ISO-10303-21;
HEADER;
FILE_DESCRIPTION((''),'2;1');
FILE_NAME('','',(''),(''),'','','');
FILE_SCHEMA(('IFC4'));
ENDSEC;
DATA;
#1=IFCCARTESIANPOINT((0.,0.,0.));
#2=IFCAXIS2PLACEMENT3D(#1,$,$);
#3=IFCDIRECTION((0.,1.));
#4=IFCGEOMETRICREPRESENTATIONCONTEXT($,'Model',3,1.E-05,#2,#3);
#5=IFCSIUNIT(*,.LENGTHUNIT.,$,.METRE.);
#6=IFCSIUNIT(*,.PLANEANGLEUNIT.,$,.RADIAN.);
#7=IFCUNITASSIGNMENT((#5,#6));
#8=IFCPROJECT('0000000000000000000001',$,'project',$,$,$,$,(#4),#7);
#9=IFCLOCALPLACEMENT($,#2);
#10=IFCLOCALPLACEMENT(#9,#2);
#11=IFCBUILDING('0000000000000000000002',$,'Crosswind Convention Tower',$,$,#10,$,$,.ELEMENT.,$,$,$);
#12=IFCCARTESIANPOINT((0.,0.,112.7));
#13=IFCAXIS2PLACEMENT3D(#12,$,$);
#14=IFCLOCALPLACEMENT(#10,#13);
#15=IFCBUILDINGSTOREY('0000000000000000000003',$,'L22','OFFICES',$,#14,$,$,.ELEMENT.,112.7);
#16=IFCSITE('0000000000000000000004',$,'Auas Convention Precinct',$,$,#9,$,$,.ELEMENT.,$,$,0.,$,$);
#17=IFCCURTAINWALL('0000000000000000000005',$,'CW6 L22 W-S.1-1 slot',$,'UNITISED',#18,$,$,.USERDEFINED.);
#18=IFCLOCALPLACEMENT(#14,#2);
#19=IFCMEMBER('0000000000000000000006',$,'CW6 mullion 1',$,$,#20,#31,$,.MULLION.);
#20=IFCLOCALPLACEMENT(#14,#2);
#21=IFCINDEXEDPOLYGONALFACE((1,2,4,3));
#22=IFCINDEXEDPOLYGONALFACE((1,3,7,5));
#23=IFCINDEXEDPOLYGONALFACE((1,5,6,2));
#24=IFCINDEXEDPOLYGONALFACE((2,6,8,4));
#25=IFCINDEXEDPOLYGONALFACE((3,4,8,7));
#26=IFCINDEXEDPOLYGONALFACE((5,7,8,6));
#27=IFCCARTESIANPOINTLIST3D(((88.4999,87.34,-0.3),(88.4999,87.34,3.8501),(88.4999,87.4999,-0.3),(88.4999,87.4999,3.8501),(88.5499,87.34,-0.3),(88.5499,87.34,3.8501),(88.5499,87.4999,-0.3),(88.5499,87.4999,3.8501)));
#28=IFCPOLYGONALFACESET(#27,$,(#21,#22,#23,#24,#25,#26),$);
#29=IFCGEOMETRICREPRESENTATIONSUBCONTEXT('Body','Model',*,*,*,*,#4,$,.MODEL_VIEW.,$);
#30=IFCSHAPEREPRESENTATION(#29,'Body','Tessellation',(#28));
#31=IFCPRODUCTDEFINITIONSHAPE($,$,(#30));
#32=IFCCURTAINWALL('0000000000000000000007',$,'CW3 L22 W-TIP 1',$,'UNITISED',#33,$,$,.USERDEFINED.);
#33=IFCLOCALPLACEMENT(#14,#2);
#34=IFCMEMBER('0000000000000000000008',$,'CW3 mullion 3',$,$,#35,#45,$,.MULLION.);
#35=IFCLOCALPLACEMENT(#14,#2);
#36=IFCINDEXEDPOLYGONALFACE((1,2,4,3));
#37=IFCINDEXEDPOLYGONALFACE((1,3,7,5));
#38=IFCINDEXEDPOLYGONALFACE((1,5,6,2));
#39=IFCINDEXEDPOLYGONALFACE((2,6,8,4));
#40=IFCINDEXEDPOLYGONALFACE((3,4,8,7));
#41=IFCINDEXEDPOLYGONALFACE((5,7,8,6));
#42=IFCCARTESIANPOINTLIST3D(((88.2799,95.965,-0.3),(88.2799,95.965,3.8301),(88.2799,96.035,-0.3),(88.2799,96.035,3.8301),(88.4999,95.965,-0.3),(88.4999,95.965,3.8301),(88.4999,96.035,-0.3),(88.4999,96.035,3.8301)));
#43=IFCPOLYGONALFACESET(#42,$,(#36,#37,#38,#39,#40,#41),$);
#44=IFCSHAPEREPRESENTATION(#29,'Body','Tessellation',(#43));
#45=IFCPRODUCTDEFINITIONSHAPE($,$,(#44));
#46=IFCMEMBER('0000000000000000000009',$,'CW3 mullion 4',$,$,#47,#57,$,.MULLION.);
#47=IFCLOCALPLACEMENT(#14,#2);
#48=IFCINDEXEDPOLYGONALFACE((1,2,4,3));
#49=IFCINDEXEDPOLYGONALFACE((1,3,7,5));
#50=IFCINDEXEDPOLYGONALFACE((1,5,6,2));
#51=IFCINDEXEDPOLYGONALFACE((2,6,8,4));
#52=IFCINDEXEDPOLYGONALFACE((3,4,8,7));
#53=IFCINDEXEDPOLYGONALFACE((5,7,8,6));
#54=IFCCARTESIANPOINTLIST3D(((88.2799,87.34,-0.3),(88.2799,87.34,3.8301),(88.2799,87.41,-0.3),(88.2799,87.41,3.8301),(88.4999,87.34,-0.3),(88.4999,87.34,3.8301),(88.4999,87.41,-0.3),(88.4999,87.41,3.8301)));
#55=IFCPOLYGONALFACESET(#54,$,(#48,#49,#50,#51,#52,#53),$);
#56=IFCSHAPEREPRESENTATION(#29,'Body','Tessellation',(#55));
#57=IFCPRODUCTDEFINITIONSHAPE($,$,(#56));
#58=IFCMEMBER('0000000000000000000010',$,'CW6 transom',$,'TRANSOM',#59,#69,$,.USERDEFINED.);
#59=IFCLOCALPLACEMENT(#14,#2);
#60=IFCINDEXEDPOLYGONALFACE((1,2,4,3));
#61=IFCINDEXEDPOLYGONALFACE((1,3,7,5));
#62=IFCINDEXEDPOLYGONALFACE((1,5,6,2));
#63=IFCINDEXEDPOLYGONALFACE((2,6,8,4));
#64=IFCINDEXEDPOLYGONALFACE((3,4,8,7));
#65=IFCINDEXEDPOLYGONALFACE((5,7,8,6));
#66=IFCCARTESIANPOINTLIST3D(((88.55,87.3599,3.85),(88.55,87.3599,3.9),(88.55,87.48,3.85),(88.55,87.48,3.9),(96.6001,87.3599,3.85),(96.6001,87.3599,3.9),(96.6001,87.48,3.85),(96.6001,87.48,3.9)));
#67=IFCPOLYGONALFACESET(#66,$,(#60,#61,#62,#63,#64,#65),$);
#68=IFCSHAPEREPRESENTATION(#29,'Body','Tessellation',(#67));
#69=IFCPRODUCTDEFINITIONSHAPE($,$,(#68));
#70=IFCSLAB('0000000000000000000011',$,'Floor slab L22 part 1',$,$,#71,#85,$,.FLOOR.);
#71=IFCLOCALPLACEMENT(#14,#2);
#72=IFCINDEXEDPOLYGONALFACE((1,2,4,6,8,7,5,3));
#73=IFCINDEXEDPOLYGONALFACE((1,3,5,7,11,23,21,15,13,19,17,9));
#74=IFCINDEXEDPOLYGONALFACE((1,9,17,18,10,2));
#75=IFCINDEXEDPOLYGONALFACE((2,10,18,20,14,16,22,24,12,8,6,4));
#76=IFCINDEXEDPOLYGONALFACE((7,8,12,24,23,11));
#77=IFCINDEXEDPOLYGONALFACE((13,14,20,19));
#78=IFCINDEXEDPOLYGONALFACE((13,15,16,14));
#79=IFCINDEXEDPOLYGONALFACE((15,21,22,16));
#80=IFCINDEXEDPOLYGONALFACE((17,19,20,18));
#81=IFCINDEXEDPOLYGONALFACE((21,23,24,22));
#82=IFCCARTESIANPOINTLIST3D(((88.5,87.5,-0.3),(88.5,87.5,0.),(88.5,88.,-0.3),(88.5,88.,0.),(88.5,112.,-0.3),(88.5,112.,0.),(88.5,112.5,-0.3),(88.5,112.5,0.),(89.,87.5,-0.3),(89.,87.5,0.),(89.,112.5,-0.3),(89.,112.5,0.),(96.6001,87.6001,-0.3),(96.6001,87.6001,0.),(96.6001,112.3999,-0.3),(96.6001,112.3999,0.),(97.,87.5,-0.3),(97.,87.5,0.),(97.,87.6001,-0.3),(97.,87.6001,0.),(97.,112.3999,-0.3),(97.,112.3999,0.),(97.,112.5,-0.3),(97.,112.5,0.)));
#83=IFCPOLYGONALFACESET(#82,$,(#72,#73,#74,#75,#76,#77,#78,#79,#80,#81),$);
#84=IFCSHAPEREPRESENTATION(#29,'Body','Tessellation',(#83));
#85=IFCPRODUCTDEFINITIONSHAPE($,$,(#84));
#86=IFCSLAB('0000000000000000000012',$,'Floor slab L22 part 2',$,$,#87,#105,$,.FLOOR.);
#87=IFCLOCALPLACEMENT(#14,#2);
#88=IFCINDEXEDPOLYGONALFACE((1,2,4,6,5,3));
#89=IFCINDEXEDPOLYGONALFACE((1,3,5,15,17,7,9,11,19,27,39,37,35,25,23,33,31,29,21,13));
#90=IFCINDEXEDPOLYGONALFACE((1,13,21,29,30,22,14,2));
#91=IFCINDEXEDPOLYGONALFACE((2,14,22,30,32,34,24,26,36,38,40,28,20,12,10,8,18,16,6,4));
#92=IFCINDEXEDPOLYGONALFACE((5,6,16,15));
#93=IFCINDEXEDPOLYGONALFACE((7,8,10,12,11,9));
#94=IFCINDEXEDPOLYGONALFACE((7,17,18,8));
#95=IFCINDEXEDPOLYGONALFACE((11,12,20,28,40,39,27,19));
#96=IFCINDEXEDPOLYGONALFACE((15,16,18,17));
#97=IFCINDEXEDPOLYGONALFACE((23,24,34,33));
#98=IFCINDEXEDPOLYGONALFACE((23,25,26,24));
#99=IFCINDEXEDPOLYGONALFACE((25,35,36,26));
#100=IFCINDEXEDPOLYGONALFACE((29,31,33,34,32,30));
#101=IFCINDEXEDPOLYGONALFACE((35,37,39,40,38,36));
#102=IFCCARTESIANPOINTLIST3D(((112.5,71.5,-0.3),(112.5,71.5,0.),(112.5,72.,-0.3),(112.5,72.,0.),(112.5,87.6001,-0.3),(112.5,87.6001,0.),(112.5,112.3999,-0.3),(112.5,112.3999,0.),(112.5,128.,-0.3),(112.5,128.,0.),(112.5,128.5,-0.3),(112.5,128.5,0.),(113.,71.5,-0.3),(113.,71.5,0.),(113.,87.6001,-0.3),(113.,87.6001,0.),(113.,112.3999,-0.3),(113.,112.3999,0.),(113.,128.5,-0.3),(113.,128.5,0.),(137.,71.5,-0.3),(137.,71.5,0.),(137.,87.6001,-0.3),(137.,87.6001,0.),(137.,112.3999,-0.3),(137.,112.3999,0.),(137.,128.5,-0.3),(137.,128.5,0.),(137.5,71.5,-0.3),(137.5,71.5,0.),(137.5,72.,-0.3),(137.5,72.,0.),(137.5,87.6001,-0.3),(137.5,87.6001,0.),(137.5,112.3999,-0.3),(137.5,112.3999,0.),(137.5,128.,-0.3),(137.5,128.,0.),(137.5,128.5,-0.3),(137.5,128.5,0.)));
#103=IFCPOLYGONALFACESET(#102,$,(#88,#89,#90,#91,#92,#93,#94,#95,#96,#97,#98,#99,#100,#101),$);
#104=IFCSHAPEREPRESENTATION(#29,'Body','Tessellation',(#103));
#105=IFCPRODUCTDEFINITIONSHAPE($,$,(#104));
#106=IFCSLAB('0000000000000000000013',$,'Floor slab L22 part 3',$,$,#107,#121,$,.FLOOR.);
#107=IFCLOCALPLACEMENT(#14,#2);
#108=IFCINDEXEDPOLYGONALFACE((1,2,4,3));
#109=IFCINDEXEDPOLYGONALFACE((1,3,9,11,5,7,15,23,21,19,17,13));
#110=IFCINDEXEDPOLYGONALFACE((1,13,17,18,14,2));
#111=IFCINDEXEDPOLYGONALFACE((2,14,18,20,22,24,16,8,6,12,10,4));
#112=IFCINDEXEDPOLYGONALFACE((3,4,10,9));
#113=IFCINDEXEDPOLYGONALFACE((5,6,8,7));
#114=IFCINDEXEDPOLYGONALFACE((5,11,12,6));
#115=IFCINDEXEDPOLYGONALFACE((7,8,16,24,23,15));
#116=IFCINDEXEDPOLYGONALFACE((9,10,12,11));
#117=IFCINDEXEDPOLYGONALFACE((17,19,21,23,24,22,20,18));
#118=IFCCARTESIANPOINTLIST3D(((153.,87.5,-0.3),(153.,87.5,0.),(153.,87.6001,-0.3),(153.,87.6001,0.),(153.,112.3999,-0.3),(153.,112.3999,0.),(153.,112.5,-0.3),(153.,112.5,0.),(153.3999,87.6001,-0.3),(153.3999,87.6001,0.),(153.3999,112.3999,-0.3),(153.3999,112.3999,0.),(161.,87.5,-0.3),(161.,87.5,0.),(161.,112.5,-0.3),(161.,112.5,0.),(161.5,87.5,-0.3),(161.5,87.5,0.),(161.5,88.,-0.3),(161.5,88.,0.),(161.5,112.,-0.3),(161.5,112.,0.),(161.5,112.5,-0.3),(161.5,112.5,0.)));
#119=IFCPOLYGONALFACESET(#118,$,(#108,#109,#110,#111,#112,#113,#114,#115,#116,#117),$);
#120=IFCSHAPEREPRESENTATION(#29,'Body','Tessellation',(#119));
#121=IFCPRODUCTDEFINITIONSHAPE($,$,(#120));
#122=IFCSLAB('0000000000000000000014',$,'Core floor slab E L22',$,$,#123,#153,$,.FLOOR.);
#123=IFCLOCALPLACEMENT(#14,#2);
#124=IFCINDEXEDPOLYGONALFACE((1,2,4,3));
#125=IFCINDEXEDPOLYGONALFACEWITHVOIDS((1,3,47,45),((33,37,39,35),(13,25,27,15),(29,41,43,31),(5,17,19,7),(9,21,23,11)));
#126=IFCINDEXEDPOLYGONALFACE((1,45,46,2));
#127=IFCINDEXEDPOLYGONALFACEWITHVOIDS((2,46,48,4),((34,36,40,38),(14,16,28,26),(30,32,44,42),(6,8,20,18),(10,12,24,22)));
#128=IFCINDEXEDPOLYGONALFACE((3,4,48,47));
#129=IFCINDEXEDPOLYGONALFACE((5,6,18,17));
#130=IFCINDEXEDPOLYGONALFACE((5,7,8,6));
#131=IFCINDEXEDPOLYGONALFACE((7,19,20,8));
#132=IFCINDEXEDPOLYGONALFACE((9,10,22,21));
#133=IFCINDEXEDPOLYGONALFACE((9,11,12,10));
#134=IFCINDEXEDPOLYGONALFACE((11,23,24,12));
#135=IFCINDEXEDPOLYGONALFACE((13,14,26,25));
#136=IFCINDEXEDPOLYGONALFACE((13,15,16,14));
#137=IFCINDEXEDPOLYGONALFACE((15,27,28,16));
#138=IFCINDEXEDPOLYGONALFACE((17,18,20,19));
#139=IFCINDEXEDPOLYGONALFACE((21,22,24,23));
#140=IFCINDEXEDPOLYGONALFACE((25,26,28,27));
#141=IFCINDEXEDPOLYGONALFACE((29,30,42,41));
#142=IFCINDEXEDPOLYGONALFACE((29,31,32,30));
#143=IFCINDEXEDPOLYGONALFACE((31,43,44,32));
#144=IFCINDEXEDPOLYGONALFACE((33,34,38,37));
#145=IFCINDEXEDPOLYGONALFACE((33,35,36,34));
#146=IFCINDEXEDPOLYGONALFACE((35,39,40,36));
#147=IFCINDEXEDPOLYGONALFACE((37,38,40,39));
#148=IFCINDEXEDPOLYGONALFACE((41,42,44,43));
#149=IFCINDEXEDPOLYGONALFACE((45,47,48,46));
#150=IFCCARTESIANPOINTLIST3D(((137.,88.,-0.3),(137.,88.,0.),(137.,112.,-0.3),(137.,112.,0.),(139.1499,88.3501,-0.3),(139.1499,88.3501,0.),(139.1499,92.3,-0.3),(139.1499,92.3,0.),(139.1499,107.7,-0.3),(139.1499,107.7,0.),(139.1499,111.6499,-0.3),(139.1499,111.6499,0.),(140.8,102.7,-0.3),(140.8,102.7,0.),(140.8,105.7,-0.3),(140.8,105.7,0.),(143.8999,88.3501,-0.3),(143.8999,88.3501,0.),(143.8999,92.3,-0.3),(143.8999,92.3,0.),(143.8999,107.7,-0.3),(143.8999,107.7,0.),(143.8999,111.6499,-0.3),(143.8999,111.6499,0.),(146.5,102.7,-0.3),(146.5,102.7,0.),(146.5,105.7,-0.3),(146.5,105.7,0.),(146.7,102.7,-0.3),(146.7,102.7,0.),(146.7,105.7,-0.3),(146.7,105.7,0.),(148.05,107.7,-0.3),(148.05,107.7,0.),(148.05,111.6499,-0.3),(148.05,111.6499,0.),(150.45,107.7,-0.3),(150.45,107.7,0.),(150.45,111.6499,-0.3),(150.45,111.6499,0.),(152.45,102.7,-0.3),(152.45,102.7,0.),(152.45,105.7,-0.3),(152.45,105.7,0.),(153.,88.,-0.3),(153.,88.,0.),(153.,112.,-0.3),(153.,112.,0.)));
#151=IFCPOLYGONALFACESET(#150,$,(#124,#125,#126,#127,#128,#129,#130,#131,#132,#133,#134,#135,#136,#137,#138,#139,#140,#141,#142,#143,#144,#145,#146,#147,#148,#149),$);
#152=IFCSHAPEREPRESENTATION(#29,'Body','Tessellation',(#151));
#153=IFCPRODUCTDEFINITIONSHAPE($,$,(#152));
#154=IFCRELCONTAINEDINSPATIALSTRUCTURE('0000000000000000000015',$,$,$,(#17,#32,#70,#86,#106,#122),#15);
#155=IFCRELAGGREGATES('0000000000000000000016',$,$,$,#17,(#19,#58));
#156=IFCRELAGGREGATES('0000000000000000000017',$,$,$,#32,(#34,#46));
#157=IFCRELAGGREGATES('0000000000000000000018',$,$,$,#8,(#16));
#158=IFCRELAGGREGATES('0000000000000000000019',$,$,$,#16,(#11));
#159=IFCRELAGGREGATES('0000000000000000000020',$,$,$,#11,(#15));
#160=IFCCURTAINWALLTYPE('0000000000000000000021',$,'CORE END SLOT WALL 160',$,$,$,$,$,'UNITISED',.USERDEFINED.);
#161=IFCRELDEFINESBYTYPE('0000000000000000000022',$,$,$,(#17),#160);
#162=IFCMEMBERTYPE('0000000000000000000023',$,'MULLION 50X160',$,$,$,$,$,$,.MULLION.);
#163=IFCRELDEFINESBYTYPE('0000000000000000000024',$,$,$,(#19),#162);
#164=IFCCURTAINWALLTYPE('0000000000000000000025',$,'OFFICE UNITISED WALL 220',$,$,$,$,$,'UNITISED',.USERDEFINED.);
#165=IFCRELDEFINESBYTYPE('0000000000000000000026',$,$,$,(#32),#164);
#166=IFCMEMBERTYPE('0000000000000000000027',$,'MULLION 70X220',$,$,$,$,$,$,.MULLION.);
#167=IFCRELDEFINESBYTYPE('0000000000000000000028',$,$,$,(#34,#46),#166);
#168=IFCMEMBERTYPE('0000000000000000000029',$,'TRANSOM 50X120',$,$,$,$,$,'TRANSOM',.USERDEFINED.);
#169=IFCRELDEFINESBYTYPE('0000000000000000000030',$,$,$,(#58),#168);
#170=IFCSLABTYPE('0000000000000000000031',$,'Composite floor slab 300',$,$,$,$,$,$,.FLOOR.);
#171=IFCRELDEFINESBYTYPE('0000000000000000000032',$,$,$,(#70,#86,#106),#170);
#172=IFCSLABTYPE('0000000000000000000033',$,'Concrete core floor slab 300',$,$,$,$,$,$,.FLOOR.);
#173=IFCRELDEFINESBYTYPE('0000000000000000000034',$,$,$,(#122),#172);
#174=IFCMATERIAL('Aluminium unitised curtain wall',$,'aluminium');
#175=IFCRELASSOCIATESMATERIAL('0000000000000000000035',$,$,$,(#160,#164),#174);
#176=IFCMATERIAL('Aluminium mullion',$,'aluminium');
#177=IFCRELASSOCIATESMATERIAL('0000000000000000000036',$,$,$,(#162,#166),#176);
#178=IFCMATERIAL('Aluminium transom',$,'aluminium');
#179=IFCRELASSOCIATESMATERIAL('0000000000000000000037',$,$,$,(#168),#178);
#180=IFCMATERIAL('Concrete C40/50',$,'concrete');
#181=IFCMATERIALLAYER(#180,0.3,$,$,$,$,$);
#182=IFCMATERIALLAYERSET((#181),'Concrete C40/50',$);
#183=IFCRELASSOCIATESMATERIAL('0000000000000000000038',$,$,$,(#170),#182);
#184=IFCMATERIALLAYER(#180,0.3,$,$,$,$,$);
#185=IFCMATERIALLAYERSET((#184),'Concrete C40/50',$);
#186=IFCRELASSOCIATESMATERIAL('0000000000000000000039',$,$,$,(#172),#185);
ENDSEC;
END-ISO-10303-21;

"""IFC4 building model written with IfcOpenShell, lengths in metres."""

from ifc_helpers import new_model, si_unit, direction, frame, origin, origin_2d, place, context, subcontext, project, spatial, polyline, rectangle, outline, extrude, material, layer, layer_set, material_profile, profile_set, type_object, element, aggregate, save


model = new_model("IFC4")

# Units and contexts
model_context = context("Model", 3, precision=1e-05, world=origin(), true_north=direction((0.0, 1.0)))
body_context = subcontext(model_context, "Body", "Model", "MODEL_VIEW")
ifc_project = project(units=[si_unit("LENGTHUNIT", "METRE"), si_unit("PLANEANGLEUNIT", "RADIAN")], contexts=[model_context])

# Site, building, storey
site_placement = place(None, origin())
site = spatial("IfcSite", under=ifc_project, at=site_placement, Name="Auas Convention Precinct", CompositionType="ELEMENT", RefElevation=0.0)
building_placement = place(site_placement, origin())
building = spatial("IfcBuilding", under=site, at=building_placement, Name="Crosswind Convention Tower", CompositionType="ELEMENT")
storey_placement = place(building_placement, frame((0.0, 0.0, 112.7)))
storey = spatial("IfcBuildingStorey", under=building, at=storey_placement, Name="L22", Description="OFFICES", CompositionType="ELEMENT", Elevation=112.7)

# Curtain wall, member
ifc_material_1 = material(Name="Aluminium unitised curtain wall", Category="aluminium")
curtain_wall_type_1 = type_object("IfcCurtainWallType", Name="CORE END SLOT WALL 160", ElementType="UNITISED", PredefinedType="USERDEFINED", material=ifc_material_1)
curtain_wall_1_placement = place(storey_placement, origin())
curtain_wall_1 = element("IfcCurtainWall", 1, at=curtain_wall_1_placement, inside=storey, type_object=curtain_wall_type_1, Name="CW6 L22 W-S.1-1 slot", ObjectType="UNITISED", PredefinedType="USERDEFINED")
ifc_material_2 = material(Name="Aluminium mullion", Category="aluminium")
ifc_material_profile_1 = material_profile(ifc_material_2, rectangle(XDim=0.1599, YDim=0.05, at=origin_2d()), Name="AL 160X50")
ifc_profile_set_1 = profile_set([ifc_material_profile_1], Name="Aluminium mullion")
member_type_1 = type_object("IfcMemberType", Name="MULLION 50X160", PredefinedType="MULLION", material=ifc_profile_set_1)
member_1_placement = place(storey_placement, frame((88.5249, 87.4199, -0.3), z_axis=(0.0, 0.0, 1.0), x_axis=(0.0, -1.0, 0.0)))
member_1 = element("IfcMember", 2, at=member_1_placement, type_object=member_type_1, Name="CW6 mullion 1", PredefinedType="MULLION", context=body_context, shape_type="SweptSolid", body=[
    extrude(rectangle(XDim=0.1599, YDim=0.05, at=origin_2d()), origin(), (0.0, 0.0, 1.0), 4.1501),
])

# Curtain wall, members
curtain_wall_type_2 = type_object("IfcCurtainWallType", Name="OFFICE UNITISED WALL 220", ElementType="UNITISED", PredefinedType="USERDEFINED", material=ifc_material_1)
curtain_wall_2_placement = place(storey_placement, origin())
curtain_wall_2 = element("IfcCurtainWall", 3, at=curtain_wall_2_placement, inside=storey, type_object=curtain_wall_type_2, Name="CW3 L22 W-TIP 1", ObjectType="UNITISED", PredefinedType="USERDEFINED")
ifc_material_profile_2 = material_profile(ifc_material_2, rectangle(XDim=0.22, YDim=0.0701, at=origin_2d()), Name="AL 220X70")
ifc_profile_set_2 = profile_set([ifc_material_profile_2], Name="Aluminium mullion")
member_type_2 = type_object("IfcMemberType", Name="MULLION 70X220", PredefinedType="MULLION", material=ifc_profile_set_2)
member_2_placement = place(storey_placement, frame((88.3899, 96.0, -0.3), z_axis=(0.0, 0.0, 1.0), x_axis=(-1.0, 0.0, 0.0)))
member_2 = element("IfcMember", 4, at=member_2_placement, type_object=member_type_2, Name="CW3 mullion 3", PredefinedType="MULLION", context=body_context, shape_type="SweptSolid", body=[
    extrude(rectangle(XDim=0.22, YDim=0.0701, at=origin_2d()), origin(), (0.0, 0.0, 1.0), 4.1301),
])
member_3_placement = place(storey_placement, frame((88.3899, 87.375, -0.3), z_axis=(0.0, 0.0, 1.0), x_axis=(-1.0, 0.0, 0.0)))
member_3 = element("IfcMember", 5, at=member_3_placement, type_object=member_type_2, Name="CW3 mullion 4", PredefinedType="MULLION", context=body_context, shape_type="SweptSolid", body=[
    extrude(rectangle(XDim=0.22, YDim=0.0701, at=origin_2d()), origin(), (0.0, 0.0, 1.0), 4.1301),
])

# Member
ifc_material_3 = material(Name="Aluminium transom", Category="aluminium")
ifc_material_profile_3 = material_profile(ifc_material_3, rectangle(XDim=0.1201, YDim=0.05, at=origin_2d()), Name="AL 120X50")
ifc_profile_set_3 = profile_set([ifc_material_profile_3], Name="Aluminium transom")
member_type_3 = type_object("IfcMemberType", Name="TRANSOM 50X120", ElementType="TRANSOM", PredefinedType="USERDEFINED", material=ifc_profile_set_3)
member_4_placement = place(storey_placement, frame((88.55, 87.4199, 3.875), z_axis=(1.0, 0.0, 0.0), x_axis=(0.0, 1.0, 0.0)))
member_4 = element("IfcMember", 6, at=member_4_placement, type_object=member_type_3, Name="CW6 transom", ObjectType="TRANSOM", PredefinedType="USERDEFINED", context=body_context, shape_type="SweptSolid", body=[
    extrude(rectangle(XDim=0.1201, YDim=0.05, at=origin_2d()), origin(), (0.0, 0.0, 1.0), 8.05),
])

# Slabs
ifc_material_4 = material(Name="Concrete C40/50", Category="concrete")
ifc_layer_1 = layer(ifc_material_4, 0.3)
ifc_layer_set_1 = layer_set([ifc_layer_1], Name="Concrete C40/50")
slab_type_1 = type_object("IfcSlabType", Name="Composite floor slab 300", PredefinedType="FLOOR", material=ifc_layer_set_1)
slab_1_placement = place(storey_placement, frame((0.0, 0.0, -0.3)))
element("IfcSlab", 7, at=slab_1_placement, inside=storey, type_object=slab_type_1, Name="Floor slab L22 part 1", PredefinedType="FLOOR", context=body_context, shape_type="SweptSolid", body=[
    extrude(outline(polyline([(97.0, 87.5), (89.0, 87.5), (88.5, 87.5), (88.5, 88.0), (88.5, 112.0), (88.5, 112.5), (89.0, 112.5), (97.0, 112.5), (97.0, 112.3999), (96.6001, 112.3999), (96.6001, 87.6001), (97.0, 87.6001), (97.0, 87.5)])), origin(), (0.0, 0.0, 1.0), 0.3),
])
slab_2_placement = place(storey_placement, frame((0.0, 0.0, -0.3)))
element("IfcSlab", 8, at=slab_2_placement, inside=storey, type_object=slab_type_1, Name="Floor slab L22 part 2", PredefinedType="FLOOR", context=body_context, shape_type="SweptSolid", body=[
    extrude(outline(polyline([(112.5, 87.6001), (113.0, 87.6001), (113.0, 112.3999), (112.5, 112.3999), (112.5, 128.0), (112.5, 128.5), (113.0, 128.5), (137.0, 128.5), (137.5, 128.5), (137.5, 128.0), (137.5, 112.3999), (137.0, 112.3999), (137.0, 87.6001), (137.5, 87.6001), (137.5, 72.0), (137.5, 71.5), (137.0, 71.5), (113.0, 71.5), (112.5, 71.5), (112.5, 72.0), (112.5, 87.6001)])), origin(), (0.0, 0.0, 1.0), 0.3),
])
slab_3_placement = place(storey_placement, frame((0.0, 0.0, -0.3)))
element("IfcSlab", 9, at=slab_3_placement, inside=storey, type_object=slab_type_1, Name="Floor slab L22 part 3", PredefinedType="FLOOR", context=body_context, shape_type="SweptSolid", body=[
    extrude(outline(polyline([(153.0, 112.5), (161.0, 112.5), (161.5, 112.5), (161.5, 112.0), (161.5, 88.0), (161.5, 87.5), (161.0, 87.5), (153.0, 87.5), (153.0, 87.6001), (153.3999, 87.6001), (153.3999, 112.3999), (153.0, 112.3999), (153.0, 112.5)])), origin(), (0.0, 0.0, 1.0), 0.3),
])
ifc_layer_2 = layer(ifc_material_4, 0.3)
ifc_layer_set_2 = layer_set([ifc_layer_2], Name="Concrete C40/50")
slab_type_2 = type_object("IfcSlabType", Name="Concrete core floor slab 300", PredefinedType="FLOOR", material=ifc_layer_set_2)
slab_4_placement = place(storey_placement, frame((0.0, 0.0, -0.3)))
element("IfcSlab", 10, at=slab_4_placement, inside=storey, type_object=slab_type_2, Name="Core floor slab E L22", PredefinedType="FLOOR", context=body_context, shape_type="SweptSolid", body=[
    extrude(outline(polyline([(137.0, 88.0), (153.0, 88.0), (153.0, 112.0), (137.0, 112.0), (137.0, 88.0)]), holes=[polyline([(146.5, 102.7), (146.5, 105.7), (140.8, 105.7), (140.8, 102.7), (146.5, 102.7)]), polyline([(152.45, 102.7), (152.45, 105.7), (146.7, 105.7), (146.7, 102.7), (152.45, 102.7)]), polyline([(150.45, 107.7), (150.45, 111.6499), (148.05, 111.6499), (148.05, 107.7), (150.45, 107.7)]), polyline([(143.8999, 107.7), (143.8999, 111.6499), (139.1499, 111.6499), (139.1499, 107.7), (143.8999, 107.7)]), polyline([(143.8999, 88.3501), (143.8999, 92.3), (139.1499, 92.3), (139.1499, 88.3501), (143.8999, 88.3501)])]), origin(), (0.0, 0.0, 1.0), 0.3),
])

aggregate(curtain_wall_1, [member_1, member_4])
aggregate(curtain_wall_2, [member_2, member_3])

save(model, "model.ifc")
